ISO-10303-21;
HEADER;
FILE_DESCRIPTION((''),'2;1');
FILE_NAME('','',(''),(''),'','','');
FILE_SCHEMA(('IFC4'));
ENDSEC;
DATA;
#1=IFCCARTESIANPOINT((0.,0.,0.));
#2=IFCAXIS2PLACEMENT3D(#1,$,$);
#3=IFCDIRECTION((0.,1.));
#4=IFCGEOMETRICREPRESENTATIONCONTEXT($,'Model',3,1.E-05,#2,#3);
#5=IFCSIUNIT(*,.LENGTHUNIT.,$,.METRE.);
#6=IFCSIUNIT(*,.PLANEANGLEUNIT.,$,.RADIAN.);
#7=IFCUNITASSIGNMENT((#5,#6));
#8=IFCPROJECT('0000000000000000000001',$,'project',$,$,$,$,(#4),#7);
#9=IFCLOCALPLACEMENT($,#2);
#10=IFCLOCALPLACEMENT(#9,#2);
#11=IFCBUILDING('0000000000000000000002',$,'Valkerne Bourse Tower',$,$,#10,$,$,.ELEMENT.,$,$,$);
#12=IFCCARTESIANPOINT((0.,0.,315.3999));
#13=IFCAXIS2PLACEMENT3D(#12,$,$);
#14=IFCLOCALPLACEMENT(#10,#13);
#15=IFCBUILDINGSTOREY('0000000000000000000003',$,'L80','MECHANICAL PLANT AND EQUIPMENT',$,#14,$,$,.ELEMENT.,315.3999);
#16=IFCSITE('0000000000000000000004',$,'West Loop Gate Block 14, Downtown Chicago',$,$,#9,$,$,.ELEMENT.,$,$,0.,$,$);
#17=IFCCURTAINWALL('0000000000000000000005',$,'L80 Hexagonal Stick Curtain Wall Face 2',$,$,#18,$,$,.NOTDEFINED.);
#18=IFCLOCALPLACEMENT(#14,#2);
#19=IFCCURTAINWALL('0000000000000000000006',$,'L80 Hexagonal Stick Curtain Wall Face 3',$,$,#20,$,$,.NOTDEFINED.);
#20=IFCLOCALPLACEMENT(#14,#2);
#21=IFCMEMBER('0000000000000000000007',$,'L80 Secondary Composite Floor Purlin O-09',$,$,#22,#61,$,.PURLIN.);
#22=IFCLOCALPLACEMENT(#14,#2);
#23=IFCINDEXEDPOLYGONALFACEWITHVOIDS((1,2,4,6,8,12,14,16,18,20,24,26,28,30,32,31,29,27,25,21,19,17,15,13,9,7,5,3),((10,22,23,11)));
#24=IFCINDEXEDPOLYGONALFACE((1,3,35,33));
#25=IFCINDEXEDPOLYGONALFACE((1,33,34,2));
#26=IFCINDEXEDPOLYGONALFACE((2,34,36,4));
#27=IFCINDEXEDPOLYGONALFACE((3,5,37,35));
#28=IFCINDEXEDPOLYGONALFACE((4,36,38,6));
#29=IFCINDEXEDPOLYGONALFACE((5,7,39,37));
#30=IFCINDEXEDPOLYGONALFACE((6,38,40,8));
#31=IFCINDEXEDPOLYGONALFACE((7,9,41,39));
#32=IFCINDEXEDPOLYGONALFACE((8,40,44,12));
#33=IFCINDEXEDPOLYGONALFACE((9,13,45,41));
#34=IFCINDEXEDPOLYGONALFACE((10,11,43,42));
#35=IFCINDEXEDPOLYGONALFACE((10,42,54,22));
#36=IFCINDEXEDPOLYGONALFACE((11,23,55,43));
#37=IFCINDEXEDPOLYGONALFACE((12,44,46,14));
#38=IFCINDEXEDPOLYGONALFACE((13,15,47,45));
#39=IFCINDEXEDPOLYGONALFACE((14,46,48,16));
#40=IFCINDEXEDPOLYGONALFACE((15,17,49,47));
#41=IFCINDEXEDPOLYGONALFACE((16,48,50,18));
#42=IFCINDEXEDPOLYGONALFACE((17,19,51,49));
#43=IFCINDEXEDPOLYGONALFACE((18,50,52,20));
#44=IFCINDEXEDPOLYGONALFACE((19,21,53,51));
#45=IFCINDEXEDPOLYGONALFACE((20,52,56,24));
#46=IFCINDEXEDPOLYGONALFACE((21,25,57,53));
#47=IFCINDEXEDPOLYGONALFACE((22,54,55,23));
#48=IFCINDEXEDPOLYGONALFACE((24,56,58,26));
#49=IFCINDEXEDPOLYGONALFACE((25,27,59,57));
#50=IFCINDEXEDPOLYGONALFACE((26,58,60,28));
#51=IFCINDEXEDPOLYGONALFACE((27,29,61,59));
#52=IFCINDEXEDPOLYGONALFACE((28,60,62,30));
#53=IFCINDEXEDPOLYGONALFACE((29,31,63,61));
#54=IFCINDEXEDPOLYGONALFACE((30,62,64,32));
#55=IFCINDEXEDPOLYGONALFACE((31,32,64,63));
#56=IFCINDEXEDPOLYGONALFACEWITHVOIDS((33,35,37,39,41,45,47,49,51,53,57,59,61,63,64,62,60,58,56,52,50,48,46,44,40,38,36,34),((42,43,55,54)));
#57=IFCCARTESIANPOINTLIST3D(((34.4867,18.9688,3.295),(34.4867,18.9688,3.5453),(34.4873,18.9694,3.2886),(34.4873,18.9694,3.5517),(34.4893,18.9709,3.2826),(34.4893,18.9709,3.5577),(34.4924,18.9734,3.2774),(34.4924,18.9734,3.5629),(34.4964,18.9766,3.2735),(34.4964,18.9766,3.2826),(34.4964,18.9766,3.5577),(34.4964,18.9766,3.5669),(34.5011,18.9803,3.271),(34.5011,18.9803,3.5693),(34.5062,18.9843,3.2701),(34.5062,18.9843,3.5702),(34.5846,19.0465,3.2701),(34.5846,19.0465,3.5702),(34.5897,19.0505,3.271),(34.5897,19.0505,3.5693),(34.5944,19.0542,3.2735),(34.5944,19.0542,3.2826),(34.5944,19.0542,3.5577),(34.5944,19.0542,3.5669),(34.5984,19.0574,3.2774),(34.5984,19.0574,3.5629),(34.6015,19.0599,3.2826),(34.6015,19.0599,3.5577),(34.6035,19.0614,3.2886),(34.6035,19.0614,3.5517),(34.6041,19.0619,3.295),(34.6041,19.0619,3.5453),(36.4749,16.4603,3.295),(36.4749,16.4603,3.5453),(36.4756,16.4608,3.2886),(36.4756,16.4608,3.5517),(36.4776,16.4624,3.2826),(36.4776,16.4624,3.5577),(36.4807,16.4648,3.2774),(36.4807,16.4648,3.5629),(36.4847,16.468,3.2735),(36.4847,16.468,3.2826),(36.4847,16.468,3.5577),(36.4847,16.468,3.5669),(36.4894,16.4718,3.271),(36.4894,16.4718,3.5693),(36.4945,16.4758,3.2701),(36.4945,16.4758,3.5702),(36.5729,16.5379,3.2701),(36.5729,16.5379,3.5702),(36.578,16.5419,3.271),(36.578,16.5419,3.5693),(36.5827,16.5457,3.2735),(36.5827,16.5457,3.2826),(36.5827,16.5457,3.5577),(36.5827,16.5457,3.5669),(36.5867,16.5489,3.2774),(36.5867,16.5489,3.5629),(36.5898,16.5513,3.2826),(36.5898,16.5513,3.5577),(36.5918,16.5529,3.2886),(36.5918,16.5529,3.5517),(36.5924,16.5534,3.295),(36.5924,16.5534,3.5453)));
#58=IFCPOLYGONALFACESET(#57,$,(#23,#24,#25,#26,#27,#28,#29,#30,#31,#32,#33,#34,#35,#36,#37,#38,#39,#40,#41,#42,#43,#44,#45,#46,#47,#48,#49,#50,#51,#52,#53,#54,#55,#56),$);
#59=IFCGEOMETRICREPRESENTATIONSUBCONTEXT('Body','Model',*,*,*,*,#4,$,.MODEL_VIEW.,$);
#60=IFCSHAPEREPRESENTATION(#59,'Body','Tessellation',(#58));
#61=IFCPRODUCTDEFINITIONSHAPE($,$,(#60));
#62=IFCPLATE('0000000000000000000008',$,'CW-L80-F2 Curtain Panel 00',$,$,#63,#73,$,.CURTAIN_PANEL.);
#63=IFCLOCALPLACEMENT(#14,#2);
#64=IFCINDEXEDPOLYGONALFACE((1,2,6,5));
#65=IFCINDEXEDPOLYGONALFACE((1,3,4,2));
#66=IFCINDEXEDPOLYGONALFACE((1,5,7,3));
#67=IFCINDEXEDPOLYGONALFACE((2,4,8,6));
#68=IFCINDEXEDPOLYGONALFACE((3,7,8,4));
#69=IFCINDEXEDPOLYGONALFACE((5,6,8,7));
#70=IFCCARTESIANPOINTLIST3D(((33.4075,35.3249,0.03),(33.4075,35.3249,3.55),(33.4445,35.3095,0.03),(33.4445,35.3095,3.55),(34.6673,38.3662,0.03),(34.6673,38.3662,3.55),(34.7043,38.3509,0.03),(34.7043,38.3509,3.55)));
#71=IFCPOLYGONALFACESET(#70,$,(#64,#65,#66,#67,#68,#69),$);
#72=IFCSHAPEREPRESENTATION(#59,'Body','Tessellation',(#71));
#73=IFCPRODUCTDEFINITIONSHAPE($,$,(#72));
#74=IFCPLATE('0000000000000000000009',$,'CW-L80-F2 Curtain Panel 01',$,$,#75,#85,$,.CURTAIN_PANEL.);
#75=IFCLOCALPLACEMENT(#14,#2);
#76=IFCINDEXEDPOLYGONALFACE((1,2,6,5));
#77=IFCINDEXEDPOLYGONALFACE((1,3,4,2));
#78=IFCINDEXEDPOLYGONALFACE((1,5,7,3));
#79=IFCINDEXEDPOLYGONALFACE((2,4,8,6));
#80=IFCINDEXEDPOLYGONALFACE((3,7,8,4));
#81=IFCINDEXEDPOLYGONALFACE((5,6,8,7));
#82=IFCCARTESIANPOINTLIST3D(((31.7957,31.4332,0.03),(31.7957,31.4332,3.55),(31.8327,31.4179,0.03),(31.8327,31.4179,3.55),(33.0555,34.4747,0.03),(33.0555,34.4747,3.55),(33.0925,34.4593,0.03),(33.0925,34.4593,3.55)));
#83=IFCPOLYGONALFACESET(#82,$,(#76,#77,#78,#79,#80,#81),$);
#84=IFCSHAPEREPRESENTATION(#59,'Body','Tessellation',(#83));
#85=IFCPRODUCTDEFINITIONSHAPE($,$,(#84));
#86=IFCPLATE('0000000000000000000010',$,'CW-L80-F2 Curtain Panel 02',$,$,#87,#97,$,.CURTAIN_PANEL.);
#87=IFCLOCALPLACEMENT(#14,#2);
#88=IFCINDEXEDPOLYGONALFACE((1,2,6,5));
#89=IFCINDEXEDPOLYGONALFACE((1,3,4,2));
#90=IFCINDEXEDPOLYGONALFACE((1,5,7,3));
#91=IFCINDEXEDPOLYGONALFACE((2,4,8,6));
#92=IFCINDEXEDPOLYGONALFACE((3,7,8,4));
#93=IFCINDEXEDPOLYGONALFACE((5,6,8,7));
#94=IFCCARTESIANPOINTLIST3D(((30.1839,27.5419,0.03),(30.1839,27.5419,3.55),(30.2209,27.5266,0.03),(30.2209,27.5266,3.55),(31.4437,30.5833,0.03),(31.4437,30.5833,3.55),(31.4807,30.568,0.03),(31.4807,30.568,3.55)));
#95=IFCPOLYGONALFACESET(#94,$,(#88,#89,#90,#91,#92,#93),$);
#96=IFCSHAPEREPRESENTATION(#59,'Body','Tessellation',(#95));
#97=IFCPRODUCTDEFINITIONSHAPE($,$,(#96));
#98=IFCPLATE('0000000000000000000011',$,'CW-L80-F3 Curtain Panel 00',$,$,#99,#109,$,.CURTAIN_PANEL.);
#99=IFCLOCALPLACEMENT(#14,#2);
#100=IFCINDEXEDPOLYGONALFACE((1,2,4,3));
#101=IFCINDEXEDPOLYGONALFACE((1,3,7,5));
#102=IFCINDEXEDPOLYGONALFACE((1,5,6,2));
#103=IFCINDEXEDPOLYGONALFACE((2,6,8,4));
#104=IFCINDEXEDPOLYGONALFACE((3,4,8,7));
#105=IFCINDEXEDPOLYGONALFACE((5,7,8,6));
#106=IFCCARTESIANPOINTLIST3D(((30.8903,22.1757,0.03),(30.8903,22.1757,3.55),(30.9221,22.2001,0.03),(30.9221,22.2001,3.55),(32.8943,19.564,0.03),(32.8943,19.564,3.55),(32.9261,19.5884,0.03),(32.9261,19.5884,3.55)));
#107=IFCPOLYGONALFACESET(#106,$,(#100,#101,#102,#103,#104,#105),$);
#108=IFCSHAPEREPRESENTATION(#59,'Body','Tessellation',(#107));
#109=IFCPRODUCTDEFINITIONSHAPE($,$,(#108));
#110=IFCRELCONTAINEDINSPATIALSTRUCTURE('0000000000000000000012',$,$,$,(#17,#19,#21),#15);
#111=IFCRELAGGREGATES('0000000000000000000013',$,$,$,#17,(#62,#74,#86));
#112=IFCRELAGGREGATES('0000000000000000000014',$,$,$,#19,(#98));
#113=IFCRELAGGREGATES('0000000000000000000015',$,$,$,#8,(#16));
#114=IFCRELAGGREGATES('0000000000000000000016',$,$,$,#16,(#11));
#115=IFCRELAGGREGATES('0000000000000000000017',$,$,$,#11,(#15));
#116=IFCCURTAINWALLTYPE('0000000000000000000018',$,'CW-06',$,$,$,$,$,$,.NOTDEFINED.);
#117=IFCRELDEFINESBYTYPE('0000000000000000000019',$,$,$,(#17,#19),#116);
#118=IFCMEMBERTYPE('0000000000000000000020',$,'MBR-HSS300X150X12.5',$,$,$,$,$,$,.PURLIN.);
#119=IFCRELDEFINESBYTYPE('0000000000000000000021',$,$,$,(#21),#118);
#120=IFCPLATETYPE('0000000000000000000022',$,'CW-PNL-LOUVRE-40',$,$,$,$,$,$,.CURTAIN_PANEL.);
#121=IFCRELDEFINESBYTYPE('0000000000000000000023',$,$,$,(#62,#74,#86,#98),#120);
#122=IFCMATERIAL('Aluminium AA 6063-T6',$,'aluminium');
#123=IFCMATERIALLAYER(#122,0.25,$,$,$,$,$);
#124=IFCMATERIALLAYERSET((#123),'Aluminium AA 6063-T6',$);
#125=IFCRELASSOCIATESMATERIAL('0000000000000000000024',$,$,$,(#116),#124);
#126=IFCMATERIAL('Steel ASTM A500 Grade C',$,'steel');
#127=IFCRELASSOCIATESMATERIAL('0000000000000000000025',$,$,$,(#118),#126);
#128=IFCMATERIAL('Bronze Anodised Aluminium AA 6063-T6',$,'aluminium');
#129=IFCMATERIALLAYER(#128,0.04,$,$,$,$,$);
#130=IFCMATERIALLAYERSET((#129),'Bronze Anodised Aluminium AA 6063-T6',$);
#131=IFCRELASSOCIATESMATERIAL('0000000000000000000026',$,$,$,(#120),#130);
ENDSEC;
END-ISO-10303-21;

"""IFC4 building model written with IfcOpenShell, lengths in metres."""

from ifc_helpers import new_model, si_unit, direction, frame, origin, origin_2d, place, context, subcontext, project, spatial, rectangle, hollow_rectangle, extrude, material, layer, layer_set, material_profile, profile_set, type_object, element, aggregate, save


model = new_model("IFC4")

# Units and contexts
model_context = context("Model", 3, precision=1e-05, world=origin(), true_north=direction((0.0, 1.0)))
body_context = subcontext(model_context, "Body", "Model", "MODEL_VIEW")
ifc_project = project(units=[si_unit("LENGTHUNIT", "METRE"), si_unit("PLANEANGLEUNIT", "RADIAN")], contexts=[model_context])

# Site, building, storey
site_placement = place(None, origin())
site = spatial("IfcSite", under=ifc_project, at=site_placement, Name="West Loop Gate Block 14, Downtown Chicago", CompositionType="ELEMENT", RefElevation=0.0)
building_placement = place(site_placement, origin())
building = spatial("IfcBuilding", under=site, at=building_placement, Name="Valkerne Bourse Tower", CompositionType="ELEMENT")
storey_placement = place(building_placement, frame((0.0, 0.0, 315.3999)))
storey = spatial("IfcBuildingStorey", under=building, at=storey_placement, Name="L80", Description="MECHANICAL PLANT AND EQUIPMENT", CompositionType="ELEMENT", Elevation=315.3999)

# Shared definitions
ifc_material_1 = material(Name="Steel ASTM A500 Grade C", Category="steel")

# Curtain wall
ifc_material_2 = material(Name="Aluminium AA 6063-T6", Category="aluminium")
ifc_layer_1 = layer(ifc_material_2, 0.25)
ifc_layer_set_1 = layer_set([ifc_layer_1], Name="Aluminium AA 6063-T6")
curtain_wall_type = type_object("IfcCurtainWallType", Name="CW-06", PredefinedType="NOTDEFINED", material=ifc_layer_set_1)
curtain_wall_1_placement = place(storey_placement, origin())
curtain_wall_1 = element("IfcCurtainWall", 1, at=curtain_wall_1_placement, inside=storey, type_object=curtain_wall_type, Name="L80 Hexagonal Stick Curtain Wall Face 2", PredefinedType="NOTDEFINED")

# Curtain wall
curtain_wall_2_placement = place(storey_placement, origin())
curtain_wall_2 = element("IfcCurtainWall", 2, at=curtain_wall_2_placement, inside=storey, type_object=curtain_wall_type, Name="L80 Hexagonal Stick Curtain Wall Face 3", PredefinedType="NOTDEFINED")

# Member
ifc_material_profile_1 = material_profile(ifc_material_1, hollow_rectangle(XDim=0.1499, YDim=0.3, WallThickness=0.0125, OuterFilletRadius=0.0249, at=origin_2d()), Name="HSS300X150X12.5")
ifc_profile_set_1 = profile_set([ifc_material_profile_1], Name="Steel ASTM A500 Grade C")
member_type_1 = type_object("IfcMemberType", Name="MBR-HSS300X150X12.5", PredefinedType="PURLIN", material=ifc_profile_set_1)
member_1_placement = place(storey_placement, frame((34.5454, 19.0154, 3.4202), z_axis=(0.621154, -0.783688, 0.0), x_axis=(0.783688, 0.621154, 0.0)))
element("IfcMember", 3, at=member_1_placement, inside=storey, type_object=member_type_1, Name="L80 Secondary Composite Floor Purlin O-09", PredefinedType="PURLIN", context=body_context, shape_type="SweptSolid", body=[
    extrude(hollow_rectangle(XDim=0.1499, YDim=0.3, WallThickness=0.0125, OuterFilletRadius=0.0249, at=origin_2d()), origin(), (0.0, 0.0, 1.0), 3.2009),
])

# Plates
ifc_material_3 = material(Name="Bronze Anodised Aluminium AA 6063-T6", Category="aluminium")
ifc_layer_2 = layer(ifc_material_3, 0.04)
ifc_layer_set_2 = layer_set([ifc_layer_2], Name="Bronze Anodised Aluminium AA 6063-T6")
plate_type = type_object("IfcPlateType", Name="CW-PNL-LOUVRE-40", PredefinedType="CURTAIN_PANEL", material=ifc_layer_set_2)
plate_1_placement = place(storey_placement, frame((34.0559, 36.8379, 0.03), z_axis=(0.0, 0.0, 1.0), x_axis=(-0.382689, -0.923877, 0.0)))
plate_1 = element("IfcPlate", 4, at=plate_1_placement, type_object=plate_type, Name="CW-L80-F2 Curtain Panel 00", PredefinedType="CURTAIN_PANEL", context=body_context, shape_type="SweptSolid", body=[
    extrude(rectangle(XDim=3.292, YDim=0.04, at=origin_2d()), origin(), (0.0, 0.0, 1.0), 3.52),
])
plate_2_placement = place(storey_placement, frame((32.4441, 32.9463, 0.03), z_axis=(0.0, 0.0, 1.0), x_axis=(-0.382669, -0.923885, 0.0)))
plate_2 = element("IfcPlate", 5, at=plate_2_placement, type_object=plate_type, Name="CW-L80-F2 Curtain Panel 01", PredefinedType="CURTAIN_PANEL", context=body_context, shape_type="SweptSolid", body=[
    extrude(rectangle(XDim=3.292, YDim=0.04, at=origin_2d()), origin(), (0.0, 0.0, 1.0), 3.52),
])
plate_3_placement = place(storey_placement, frame((30.8323, 29.0549, 0.03), z_axis=(0.0, 0.0, 1.0), x_axis=(-0.382689, -0.923877, 0.0)))
plate_3 = element("IfcPlate", 6, at=plate_3_placement, type_object=plate_type, Name="CW-L80-F2 Curtain Panel 02", PredefinedType="CURTAIN_PANEL", context=body_context, shape_type="SweptSolid", body=[
    extrude(rectangle(XDim=3.292, YDim=0.04, at=origin_2d()), origin(), (0.0, 0.0, 1.0), 3.52),
])
aggregate(curtain_wall_1, [plate_1, plate_2, plate_3])
plate_4_placement = place(storey_placement, frame((31.9082, 20.8821, 0.03), z_axis=(0.0, 0.0, 1.0), x_axis=(0.608761, -0.793353, 0.0)))
plate_4 = element("IfcPlate", 7, at=plate_4_placement, type_object=plate_type, Name="CW-L80-F3 Curtain Panel 00", PredefinedType="CURTAIN_PANEL", context=body_context, shape_type="SweptSolid", body=[
    extrude(rectangle(XDim=3.292, YDim=0.04, at=origin_2d()), origin(), (0.0, 0.0, 1.0), 3.52),
])
aggregate(curtain_wall_2, [plate_4])

save(model, "model.ifc")
